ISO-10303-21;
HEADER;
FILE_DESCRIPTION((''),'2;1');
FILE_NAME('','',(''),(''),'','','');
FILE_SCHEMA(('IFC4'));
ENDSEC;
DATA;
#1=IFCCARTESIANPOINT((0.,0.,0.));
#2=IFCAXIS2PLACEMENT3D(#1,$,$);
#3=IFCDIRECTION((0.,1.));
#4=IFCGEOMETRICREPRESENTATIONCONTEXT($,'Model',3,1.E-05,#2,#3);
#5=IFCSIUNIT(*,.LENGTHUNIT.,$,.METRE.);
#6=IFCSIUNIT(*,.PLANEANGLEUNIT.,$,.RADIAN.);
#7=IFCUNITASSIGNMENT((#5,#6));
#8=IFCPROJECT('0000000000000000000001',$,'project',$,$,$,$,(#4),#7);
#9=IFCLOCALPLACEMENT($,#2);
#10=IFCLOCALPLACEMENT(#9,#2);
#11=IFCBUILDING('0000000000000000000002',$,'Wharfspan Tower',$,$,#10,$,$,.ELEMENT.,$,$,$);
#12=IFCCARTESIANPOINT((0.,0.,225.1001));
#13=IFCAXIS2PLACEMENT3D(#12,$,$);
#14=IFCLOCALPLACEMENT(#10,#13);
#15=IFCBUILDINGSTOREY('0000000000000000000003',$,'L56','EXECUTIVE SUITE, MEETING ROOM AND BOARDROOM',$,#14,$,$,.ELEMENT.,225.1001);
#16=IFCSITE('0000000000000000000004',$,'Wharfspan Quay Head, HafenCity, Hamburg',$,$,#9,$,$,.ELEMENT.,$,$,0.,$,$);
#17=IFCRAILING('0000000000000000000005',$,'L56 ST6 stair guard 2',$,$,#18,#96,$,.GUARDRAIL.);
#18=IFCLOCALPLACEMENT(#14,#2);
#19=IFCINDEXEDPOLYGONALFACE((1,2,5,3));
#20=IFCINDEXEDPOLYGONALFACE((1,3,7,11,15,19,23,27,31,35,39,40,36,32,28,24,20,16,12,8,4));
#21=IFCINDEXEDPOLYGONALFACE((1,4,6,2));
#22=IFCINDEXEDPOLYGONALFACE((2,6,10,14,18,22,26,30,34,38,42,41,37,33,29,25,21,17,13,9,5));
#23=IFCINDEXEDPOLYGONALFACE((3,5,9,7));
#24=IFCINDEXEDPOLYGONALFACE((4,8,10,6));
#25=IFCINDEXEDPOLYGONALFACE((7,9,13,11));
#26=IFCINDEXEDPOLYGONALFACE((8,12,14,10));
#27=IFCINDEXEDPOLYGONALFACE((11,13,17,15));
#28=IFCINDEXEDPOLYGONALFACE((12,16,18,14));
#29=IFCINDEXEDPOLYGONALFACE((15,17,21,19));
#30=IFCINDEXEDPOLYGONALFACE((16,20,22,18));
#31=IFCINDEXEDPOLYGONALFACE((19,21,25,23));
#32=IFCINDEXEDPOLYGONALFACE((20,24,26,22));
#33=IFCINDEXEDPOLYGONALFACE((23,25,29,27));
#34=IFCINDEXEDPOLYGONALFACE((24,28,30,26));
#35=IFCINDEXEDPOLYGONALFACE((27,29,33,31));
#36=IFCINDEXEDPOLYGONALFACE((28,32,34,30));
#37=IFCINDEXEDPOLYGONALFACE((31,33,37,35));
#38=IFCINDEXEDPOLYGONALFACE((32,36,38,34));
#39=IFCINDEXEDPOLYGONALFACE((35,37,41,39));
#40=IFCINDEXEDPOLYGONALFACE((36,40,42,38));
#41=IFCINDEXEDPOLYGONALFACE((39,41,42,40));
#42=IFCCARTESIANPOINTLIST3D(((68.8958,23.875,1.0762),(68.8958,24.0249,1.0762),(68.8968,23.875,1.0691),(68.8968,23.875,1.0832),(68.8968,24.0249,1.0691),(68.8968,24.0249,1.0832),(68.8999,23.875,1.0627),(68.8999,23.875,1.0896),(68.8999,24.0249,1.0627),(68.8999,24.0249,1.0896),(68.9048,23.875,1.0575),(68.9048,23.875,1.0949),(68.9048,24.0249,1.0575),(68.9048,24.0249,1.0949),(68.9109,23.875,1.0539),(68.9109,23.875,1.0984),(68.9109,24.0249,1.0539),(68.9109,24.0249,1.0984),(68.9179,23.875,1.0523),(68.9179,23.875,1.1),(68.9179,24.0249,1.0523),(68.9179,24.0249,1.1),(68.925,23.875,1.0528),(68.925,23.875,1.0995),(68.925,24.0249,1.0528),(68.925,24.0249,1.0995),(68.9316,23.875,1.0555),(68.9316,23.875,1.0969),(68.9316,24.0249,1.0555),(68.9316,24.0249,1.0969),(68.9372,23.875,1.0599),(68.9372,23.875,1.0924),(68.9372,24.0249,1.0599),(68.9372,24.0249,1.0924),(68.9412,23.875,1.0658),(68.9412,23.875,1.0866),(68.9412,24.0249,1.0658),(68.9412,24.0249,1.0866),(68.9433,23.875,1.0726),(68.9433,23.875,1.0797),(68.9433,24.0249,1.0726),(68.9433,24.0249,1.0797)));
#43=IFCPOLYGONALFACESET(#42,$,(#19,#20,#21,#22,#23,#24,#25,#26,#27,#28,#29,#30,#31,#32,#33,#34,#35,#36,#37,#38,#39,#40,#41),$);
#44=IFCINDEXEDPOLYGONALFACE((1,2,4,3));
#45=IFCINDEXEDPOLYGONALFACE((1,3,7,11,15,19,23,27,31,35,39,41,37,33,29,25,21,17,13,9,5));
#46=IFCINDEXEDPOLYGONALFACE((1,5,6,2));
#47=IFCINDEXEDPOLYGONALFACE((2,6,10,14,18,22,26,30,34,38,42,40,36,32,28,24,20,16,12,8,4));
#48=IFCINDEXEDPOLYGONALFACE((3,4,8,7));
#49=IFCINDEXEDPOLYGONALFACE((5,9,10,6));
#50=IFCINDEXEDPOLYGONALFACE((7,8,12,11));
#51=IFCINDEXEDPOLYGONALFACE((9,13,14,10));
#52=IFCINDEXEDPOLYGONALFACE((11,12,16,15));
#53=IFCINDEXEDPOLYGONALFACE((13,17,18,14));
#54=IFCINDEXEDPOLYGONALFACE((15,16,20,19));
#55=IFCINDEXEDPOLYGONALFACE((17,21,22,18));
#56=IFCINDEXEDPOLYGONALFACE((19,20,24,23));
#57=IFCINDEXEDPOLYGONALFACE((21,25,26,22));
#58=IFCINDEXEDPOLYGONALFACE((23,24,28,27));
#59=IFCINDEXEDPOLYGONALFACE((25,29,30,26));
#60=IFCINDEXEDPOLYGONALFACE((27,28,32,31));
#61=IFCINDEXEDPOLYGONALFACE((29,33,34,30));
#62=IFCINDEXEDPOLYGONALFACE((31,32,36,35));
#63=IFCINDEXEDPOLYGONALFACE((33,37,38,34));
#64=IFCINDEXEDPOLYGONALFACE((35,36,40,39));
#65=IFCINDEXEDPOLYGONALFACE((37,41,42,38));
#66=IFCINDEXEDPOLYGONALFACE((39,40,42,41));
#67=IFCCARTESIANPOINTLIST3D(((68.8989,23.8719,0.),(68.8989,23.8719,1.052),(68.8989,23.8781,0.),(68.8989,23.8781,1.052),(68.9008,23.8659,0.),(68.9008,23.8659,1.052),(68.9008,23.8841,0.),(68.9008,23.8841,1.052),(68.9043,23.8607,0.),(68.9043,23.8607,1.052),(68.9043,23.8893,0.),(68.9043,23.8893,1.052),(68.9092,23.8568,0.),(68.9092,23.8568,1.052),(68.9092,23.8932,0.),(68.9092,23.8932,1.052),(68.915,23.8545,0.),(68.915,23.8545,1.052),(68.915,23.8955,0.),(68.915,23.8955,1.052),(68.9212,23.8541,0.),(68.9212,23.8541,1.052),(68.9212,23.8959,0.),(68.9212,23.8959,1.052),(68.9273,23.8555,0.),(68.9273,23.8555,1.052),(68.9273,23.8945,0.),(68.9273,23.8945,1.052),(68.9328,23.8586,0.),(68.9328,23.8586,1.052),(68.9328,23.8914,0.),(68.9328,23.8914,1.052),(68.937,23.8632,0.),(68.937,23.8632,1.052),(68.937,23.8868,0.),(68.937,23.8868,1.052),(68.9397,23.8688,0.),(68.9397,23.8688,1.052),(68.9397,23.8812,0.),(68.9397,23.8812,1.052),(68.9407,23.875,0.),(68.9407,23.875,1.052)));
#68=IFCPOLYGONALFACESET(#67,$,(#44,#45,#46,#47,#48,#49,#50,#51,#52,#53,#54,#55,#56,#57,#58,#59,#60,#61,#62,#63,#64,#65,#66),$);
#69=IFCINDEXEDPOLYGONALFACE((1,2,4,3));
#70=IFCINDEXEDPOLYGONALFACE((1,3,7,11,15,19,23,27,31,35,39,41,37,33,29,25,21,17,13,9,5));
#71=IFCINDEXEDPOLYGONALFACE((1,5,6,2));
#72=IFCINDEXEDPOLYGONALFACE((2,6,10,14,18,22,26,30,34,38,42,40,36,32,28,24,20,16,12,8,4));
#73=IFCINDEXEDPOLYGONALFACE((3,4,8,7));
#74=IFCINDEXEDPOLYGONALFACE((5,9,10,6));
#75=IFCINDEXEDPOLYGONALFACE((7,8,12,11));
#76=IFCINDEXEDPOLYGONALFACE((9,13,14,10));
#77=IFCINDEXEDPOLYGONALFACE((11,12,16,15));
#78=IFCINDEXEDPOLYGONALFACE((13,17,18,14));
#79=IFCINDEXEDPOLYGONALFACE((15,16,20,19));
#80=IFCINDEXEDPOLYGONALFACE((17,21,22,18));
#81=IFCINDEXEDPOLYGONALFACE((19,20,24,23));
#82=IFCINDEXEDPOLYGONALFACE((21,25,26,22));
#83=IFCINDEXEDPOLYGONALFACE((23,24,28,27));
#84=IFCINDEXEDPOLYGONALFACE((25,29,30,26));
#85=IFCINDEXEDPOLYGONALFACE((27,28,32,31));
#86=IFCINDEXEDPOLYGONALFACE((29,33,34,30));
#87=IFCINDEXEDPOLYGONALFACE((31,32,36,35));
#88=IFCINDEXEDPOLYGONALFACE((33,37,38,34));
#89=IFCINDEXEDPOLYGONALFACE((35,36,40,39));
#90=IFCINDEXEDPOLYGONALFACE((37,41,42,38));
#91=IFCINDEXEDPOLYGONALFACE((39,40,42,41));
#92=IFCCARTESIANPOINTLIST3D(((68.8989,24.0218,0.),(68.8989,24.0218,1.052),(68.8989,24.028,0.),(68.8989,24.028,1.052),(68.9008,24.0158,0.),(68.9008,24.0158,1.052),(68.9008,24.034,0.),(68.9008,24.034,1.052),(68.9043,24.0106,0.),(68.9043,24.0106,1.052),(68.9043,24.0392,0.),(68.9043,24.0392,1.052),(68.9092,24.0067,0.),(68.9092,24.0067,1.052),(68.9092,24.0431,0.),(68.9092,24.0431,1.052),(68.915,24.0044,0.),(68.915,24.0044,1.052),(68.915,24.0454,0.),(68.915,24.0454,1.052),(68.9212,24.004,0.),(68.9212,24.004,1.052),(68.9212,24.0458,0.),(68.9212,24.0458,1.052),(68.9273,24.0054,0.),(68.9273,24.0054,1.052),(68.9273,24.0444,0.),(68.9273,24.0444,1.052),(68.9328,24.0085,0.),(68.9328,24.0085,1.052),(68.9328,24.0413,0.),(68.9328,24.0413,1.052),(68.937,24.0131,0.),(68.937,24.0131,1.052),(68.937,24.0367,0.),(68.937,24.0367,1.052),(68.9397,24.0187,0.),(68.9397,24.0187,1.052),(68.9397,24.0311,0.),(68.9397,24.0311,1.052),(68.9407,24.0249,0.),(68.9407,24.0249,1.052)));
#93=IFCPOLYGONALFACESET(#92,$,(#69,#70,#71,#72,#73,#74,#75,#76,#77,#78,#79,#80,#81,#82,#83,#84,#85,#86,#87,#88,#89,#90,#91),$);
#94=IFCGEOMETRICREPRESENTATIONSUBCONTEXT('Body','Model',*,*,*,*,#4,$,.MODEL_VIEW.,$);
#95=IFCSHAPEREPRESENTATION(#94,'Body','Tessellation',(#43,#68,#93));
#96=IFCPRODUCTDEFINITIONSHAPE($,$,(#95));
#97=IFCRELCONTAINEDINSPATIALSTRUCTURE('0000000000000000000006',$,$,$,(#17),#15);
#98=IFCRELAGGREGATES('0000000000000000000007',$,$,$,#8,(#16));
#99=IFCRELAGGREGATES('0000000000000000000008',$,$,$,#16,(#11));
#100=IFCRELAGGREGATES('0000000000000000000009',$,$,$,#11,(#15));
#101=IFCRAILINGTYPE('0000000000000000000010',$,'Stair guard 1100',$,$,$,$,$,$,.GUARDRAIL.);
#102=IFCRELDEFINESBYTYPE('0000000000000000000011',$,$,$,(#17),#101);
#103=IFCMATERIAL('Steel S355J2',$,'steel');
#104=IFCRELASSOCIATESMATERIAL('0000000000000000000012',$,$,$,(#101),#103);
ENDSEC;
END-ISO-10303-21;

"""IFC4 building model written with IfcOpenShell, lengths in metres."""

from ifc_helpers import new_model, si_unit, direction, frame, origin, origin_2d, place, context, subcontext, project, spatial, circle, extrude, material, type_object, element, save


model = new_model("IFC4")

# Units and contexts
model_context = context("Model", 3, precision=1e-05, world=origin(), true_north=direction((0.0, 1.0)))
body_context = subcontext(model_context, "Body", "Model", "MODEL_VIEW")
ifc_project = project(units=[si_unit("LENGTHUNIT", "METRE"), si_unit("PLANEANGLEUNIT", "RADIAN")], contexts=[model_context])

# Site, building, storey
site_placement = place(None, origin())
site = spatial("IfcSite", under=ifc_project, at=site_placement, Name="Wharfspan Quay Head, HafenCity, Hamburg", CompositionType="ELEMENT", RefElevation=0.0)
building_placement = place(site_placement, origin())
building = spatial("IfcBuilding", under=site, at=building_placement, Name="Wharfspan Tower", CompositionType="ELEMENT")
storey_placement = place(building_placement, frame((0.0, 0.0, 225.1001)))
storey = spatial("IfcBuildingStorey", under=building, at=storey_placement, Name="L56", Description="EXECUTIVE SUITE, MEETING ROOM AND BOARDROOM", CompositionType="ELEMENT", Elevation=225.1001)

# Railing
ifc_material_1 = material(Name="Steel S355J2", Category="steel")
railing_type_1 = type_object("IfcRailingType", Name="Stair guard 1100", PredefinedType="GUARDRAIL", material=ifc_material_1)
railing_1_placement = place(storey_placement, frame((68.9197, 23.875, 0.0)))
element("IfcRailing", 1, at=railing_1_placement, inside=storey, type_object=railing_type_1, Name="L56 ST6 stair guard 2", PredefinedType="GUARDRAIL", context=body_context, shape_type="SweptSolid", body=[
    extrude(circle(Radius=0.0239, at=origin_2d()), frame((0.0, 0.0, 1.0762), z_axis=(0.0, 1.0, 0.0), x_axis=(-1.0, 0.0, 0.0)), (0.0, 0.0, 1.0), 0.1499),
    extrude(circle(Radius=0.021, at=origin_2d()), origin(), (0.0, 0.0, 1.0), 1.052),
    extrude(circle(Radius=0.021, at=origin_2d()), frame((0.0, 0.1499, 0.0)), (0.0, 0.0, 1.0), 1.052),
])

save(model, "model.ifc")
